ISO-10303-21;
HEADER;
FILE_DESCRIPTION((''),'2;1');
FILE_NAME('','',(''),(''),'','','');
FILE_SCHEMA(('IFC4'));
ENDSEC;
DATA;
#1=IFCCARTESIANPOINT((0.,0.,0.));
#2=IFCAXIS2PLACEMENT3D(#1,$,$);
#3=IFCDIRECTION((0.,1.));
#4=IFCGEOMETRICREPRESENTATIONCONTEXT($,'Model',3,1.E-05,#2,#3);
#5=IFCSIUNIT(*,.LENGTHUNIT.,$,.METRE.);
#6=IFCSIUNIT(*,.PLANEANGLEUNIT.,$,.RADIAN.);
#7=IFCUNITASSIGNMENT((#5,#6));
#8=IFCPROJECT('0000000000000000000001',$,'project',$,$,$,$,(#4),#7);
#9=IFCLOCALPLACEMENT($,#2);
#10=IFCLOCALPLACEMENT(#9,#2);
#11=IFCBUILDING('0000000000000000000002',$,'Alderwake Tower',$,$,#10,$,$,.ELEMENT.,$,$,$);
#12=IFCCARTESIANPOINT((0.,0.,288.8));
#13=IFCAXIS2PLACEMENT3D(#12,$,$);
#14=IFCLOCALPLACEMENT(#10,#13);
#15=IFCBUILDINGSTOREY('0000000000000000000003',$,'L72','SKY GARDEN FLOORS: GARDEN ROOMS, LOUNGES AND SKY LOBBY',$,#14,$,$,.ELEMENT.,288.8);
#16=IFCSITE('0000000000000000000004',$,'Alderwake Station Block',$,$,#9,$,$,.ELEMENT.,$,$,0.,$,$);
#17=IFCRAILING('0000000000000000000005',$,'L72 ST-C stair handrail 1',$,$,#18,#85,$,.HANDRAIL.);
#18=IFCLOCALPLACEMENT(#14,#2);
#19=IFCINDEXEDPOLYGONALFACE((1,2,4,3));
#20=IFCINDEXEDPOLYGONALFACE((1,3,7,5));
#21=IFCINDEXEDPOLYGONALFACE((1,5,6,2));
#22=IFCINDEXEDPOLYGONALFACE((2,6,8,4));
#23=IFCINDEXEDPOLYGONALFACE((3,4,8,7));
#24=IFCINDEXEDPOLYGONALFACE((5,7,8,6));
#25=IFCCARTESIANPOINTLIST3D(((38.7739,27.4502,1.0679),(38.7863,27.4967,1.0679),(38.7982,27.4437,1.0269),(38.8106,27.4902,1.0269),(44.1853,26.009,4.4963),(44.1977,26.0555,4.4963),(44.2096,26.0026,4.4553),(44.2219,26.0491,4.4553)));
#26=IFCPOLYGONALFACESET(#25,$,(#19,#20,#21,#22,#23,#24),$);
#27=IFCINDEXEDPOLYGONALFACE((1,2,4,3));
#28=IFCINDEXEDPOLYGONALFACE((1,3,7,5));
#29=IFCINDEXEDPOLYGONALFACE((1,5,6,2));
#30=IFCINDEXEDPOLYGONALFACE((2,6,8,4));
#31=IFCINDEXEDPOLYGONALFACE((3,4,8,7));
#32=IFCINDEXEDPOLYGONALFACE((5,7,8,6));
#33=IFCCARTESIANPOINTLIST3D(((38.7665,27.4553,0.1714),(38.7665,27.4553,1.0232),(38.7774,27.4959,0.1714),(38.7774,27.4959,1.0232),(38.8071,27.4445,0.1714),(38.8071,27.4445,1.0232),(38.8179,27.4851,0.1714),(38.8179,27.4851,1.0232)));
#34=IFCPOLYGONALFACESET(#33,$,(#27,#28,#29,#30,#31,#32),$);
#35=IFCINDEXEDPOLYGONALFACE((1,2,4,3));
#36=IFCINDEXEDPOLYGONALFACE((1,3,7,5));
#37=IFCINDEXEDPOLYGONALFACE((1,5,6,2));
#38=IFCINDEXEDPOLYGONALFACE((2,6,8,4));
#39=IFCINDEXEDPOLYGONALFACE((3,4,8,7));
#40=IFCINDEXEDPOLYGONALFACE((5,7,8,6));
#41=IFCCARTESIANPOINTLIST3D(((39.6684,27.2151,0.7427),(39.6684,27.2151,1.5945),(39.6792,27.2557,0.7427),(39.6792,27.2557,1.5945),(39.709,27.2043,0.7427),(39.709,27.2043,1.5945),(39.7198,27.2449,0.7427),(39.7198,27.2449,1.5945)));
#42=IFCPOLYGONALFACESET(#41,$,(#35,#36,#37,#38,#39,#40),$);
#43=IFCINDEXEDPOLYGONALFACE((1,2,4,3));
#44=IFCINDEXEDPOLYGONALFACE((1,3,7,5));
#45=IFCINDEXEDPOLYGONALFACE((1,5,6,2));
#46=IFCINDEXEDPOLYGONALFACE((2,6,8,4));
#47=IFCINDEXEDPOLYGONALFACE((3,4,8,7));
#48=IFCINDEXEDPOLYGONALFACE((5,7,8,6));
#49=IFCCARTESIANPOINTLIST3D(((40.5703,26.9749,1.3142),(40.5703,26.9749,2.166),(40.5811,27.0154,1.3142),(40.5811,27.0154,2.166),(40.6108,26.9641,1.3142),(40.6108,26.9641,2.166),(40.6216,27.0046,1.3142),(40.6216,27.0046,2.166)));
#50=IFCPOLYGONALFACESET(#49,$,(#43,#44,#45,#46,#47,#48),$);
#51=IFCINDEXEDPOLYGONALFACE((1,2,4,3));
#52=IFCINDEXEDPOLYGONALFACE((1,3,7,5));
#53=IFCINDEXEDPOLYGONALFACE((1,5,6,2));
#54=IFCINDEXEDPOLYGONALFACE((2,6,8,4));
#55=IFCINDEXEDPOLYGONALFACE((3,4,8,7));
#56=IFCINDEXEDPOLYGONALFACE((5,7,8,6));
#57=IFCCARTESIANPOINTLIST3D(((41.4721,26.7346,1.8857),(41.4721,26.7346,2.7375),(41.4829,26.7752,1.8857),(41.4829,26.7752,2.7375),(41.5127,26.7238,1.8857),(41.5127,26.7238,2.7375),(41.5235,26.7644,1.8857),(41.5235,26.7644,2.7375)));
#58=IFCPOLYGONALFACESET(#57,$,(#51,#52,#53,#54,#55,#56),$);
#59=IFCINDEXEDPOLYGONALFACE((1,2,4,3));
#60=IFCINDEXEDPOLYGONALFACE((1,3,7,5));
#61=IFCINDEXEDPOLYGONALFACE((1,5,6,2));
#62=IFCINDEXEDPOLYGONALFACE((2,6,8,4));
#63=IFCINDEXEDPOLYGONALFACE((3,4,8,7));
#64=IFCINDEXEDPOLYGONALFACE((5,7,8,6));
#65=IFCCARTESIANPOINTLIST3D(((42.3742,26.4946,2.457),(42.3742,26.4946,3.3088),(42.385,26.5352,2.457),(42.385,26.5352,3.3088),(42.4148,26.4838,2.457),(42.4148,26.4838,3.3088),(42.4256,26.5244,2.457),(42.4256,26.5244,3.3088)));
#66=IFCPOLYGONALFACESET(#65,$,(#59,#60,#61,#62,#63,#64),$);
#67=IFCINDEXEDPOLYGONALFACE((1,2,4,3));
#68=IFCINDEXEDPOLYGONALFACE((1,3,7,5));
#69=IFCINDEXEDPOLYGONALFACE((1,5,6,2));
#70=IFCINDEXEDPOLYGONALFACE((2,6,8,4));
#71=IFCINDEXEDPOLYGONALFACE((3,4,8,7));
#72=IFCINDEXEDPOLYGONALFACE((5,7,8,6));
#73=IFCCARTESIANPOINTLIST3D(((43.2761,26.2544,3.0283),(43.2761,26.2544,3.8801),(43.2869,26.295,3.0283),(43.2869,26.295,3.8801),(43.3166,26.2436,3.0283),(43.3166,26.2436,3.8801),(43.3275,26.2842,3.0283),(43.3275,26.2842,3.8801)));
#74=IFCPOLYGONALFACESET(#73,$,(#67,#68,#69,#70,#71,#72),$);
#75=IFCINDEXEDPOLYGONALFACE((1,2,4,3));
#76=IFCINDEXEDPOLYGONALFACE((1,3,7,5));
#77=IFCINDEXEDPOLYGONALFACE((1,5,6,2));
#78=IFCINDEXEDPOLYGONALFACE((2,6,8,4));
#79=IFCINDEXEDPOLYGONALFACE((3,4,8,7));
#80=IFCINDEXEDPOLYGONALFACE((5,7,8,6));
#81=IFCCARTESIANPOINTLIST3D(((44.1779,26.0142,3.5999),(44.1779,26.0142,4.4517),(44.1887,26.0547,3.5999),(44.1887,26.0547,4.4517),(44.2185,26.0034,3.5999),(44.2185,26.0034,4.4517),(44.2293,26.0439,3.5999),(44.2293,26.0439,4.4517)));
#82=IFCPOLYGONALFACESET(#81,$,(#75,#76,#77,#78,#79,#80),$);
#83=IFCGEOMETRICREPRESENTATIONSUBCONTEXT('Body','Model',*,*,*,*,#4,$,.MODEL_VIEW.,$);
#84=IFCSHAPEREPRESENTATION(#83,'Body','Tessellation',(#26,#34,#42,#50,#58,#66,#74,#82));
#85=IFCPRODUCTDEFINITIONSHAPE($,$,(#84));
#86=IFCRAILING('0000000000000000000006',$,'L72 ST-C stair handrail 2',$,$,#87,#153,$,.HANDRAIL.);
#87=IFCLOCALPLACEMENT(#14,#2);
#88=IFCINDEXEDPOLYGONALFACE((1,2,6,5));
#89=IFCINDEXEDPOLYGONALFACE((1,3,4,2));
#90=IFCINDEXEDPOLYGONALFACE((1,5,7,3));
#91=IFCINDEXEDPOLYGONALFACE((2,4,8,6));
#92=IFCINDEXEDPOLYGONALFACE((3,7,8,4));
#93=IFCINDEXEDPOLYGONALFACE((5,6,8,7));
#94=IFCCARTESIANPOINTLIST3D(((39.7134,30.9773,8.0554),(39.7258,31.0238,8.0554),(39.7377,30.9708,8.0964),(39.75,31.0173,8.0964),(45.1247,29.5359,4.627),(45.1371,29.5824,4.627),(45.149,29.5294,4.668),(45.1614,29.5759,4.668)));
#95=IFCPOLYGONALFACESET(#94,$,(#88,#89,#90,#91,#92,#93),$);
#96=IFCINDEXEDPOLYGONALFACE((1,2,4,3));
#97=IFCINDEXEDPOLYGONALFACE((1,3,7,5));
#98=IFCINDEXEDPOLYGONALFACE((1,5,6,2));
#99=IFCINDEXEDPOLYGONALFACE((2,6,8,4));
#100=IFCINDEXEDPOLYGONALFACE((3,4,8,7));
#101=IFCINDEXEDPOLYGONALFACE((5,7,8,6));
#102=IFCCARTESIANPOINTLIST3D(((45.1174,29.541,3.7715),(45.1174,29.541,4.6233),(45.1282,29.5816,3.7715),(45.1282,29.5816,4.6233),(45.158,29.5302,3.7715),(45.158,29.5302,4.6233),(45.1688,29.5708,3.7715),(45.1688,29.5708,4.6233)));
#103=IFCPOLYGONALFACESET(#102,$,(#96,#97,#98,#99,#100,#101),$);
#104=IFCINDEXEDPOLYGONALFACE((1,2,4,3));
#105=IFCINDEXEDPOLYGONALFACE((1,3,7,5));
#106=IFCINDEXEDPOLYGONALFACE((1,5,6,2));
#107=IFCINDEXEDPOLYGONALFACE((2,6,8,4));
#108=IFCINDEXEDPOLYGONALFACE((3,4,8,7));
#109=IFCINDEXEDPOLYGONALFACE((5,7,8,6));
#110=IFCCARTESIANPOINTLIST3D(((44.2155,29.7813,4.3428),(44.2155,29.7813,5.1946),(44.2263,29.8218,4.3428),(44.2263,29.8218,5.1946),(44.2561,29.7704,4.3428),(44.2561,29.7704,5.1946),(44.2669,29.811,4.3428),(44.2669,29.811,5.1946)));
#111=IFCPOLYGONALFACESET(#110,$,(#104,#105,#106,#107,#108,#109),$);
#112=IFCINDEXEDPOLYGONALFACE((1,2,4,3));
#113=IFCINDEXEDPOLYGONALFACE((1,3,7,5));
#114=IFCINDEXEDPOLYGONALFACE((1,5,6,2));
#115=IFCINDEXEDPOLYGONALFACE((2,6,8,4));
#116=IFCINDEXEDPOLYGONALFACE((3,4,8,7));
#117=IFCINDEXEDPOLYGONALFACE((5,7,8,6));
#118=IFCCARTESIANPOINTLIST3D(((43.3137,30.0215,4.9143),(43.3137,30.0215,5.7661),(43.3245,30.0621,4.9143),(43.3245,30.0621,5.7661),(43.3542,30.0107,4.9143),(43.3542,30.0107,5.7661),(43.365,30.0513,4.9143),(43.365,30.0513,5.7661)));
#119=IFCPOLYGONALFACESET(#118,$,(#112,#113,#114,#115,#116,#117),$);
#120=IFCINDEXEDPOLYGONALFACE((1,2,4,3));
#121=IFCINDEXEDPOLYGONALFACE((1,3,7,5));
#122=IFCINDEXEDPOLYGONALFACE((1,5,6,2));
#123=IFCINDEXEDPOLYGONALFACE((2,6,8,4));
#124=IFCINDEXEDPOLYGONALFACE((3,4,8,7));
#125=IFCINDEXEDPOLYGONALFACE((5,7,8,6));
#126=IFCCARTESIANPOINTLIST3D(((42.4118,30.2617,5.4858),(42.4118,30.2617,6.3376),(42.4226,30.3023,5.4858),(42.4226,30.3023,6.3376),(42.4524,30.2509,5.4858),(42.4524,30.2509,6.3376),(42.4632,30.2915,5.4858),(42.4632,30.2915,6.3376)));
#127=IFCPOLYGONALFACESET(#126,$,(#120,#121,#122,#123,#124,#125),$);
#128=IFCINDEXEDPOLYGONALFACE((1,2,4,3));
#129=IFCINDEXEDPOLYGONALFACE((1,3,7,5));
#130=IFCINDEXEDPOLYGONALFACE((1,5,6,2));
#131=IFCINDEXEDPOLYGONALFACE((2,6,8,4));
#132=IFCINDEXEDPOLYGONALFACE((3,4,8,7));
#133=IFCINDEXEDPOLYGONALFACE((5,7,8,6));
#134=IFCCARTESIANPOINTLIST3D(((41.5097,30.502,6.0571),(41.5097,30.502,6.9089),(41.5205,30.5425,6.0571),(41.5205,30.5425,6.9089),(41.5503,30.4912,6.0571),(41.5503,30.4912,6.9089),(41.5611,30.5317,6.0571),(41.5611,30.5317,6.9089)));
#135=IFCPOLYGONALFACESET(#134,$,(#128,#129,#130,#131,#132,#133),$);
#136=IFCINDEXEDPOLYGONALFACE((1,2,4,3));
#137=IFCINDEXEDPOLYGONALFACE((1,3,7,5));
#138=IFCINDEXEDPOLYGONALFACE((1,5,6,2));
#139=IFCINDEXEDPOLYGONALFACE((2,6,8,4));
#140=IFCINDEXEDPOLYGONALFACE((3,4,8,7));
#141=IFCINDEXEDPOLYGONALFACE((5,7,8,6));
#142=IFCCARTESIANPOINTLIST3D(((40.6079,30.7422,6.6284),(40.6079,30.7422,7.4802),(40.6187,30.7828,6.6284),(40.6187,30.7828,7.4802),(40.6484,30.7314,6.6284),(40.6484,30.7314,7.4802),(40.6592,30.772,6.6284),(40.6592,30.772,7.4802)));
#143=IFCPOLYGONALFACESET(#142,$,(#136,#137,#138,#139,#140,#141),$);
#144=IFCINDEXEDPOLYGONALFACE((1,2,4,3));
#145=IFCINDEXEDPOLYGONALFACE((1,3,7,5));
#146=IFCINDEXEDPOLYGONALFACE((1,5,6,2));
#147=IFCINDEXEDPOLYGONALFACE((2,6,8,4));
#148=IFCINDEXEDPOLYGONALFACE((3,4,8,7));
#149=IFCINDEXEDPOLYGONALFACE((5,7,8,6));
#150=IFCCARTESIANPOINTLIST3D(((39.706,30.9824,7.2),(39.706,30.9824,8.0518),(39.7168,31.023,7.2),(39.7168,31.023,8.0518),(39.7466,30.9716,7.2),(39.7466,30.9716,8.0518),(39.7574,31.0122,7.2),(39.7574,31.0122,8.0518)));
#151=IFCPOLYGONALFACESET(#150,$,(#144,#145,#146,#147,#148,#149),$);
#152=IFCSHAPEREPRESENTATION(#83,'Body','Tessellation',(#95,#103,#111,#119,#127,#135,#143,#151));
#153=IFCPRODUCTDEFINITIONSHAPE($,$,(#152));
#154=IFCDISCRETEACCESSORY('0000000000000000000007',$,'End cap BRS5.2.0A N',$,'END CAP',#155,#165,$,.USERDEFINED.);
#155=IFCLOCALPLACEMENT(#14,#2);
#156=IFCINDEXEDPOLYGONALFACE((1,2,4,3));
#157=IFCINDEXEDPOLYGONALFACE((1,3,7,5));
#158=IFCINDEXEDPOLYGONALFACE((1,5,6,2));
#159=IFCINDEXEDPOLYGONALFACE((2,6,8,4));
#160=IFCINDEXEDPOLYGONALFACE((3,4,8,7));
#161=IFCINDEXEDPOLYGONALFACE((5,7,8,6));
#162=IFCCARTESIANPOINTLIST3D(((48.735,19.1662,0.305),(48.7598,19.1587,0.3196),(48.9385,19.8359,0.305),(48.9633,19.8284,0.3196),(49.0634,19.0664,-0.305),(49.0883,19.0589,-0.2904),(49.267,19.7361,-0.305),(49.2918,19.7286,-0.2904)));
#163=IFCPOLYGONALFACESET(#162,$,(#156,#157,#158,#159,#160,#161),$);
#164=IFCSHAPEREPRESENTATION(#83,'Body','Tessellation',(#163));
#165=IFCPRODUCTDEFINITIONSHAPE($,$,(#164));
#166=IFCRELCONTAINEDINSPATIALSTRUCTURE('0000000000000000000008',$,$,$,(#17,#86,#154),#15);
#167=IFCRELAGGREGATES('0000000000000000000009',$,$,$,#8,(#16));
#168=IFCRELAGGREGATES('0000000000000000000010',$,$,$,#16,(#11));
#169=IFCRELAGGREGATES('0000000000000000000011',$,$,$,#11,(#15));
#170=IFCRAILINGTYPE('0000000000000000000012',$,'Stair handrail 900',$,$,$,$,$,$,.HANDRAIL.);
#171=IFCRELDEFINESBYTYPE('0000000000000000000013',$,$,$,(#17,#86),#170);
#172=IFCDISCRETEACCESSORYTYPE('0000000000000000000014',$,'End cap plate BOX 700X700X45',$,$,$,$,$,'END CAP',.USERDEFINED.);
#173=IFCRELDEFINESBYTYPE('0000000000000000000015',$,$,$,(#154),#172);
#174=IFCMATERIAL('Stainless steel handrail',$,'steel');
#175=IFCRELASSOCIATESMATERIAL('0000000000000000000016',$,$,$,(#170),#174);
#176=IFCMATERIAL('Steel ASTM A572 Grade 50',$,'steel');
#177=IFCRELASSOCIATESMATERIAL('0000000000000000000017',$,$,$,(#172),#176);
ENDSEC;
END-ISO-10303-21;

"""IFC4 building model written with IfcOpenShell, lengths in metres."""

from ifc_helpers import new_model, si_unit, direction, frame, origin, origin_2d, place, context, subcontext, project, spatial, rectangle, extrude, material, material_profile, profile_set, type_object, element, save


model = new_model("IFC4")

# Units and contexts
model_context = context("Model", 3, precision=1e-05, world=origin(), true_north=direction((0.0, 1.0)))
body_context = subcontext(model_context, "Body", "Model", "MODEL_VIEW")
ifc_project = project(units=[si_unit("LENGTHUNIT", "METRE"), si_unit("PLANEANGLEUNIT", "RADIAN")], contexts=[model_context])

# Site, building, storey
site_placement = place(None, origin())
site = spatial("IfcSite", under=ifc_project, at=site_placement, Name="Alderwake Station Block", CompositionType="ELEMENT", RefElevation=0.0)
building_placement = place(site_placement, origin())
building = spatial("IfcBuilding", under=site, at=building_placement, Name="Alderwake Tower", CompositionType="ELEMENT")
storey_placement = place(building_placement, frame((0.0, 0.0, 288.8)))
storey = spatial("IfcBuildingStorey", under=building, at=storey_placement, Name="L72", Description="SKY GARDEN FLOORS: GARDEN ROOMS, LOUNGES AND SKY LOBBY", CompositionType="ELEMENT", Elevation=288.8)

# Railings
ifc_material_1 = material(Name="Stainless steel handrail", Category="steel")
railing_type_1 = type_object("IfcRailingType", Name="Stair handrail 900", PredefinedType="HANDRAIL", material=ifc_material_1)
railing_1_placement = place(storey_placement, frame((38.7922, 27.4702, 0.1714)))
element("IfcRailing", 1, at=railing_1_placement, inside=storey, type_object=railing_type_1, Name="L72 ST-C stair handrail 1", PredefinedType="HANDRAIL", context=body_context, shape_type="SweptSolid", body=[
    extrude(rectangle(XDim=0.0481, YDim=0.0481, at=origin_2d()), frame((0.0, 0.0, 0.876), z_axis=(0.824132, -0.219484, 0.522143), x_axis=(0.257351, 0.966318, 0.0)), (0.0, 0.0, 1.0), 6.5662),
    extrude(rectangle(XDim=0.042, YDim=0.042, at=origin_2d()), frame((0.0, 0.0, 0.0), z_axis=(0.0, 0.0, 1.0), x_axis=(0.966318, -0.257351, 0.0)), (0.0, 0.0, 1.0), 0.8518),
    extrude(rectangle(XDim=0.042, YDim=0.042, at=origin_2d()), frame((0.9019, -0.2402, 0.5713), z_axis=(0.0, 0.0, 1.0), x_axis=(0.966318, -0.257351, 0.0)), (0.0, 0.0, 1.0), 0.8518),
    extrude(rectangle(XDim=0.042, YDim=0.042, at=origin_2d()), frame((1.8037, -0.4805, 1.1428), z_axis=(0.0, 0.0, 1.0), x_axis=(0.966318, -0.257351, 0.0)), (0.0, 0.0, 1.0), 0.8518),
    extrude(rectangle(XDim=0.042, YDim=0.042, at=origin_2d()), frame((2.7056, -0.7207, 1.7144), z_axis=(0.0, 0.0, 1.0), x_axis=(0.966318, -0.257351, 0.0)), (0.0, 0.0, 1.0), 0.8518),
    extrude(rectangle(XDim=0.042, YDim=0.042, at=origin_2d()), frame((3.6077, -0.9607, 2.2856), z_axis=(0.0, 0.0, 1.0), x_axis=(0.966318, -0.257351, 0.0)), (0.0, 0.0, 1.0), 0.8518),
    extrude(rectangle(XDim=0.042, YDim=0.042, at=origin_2d()), frame((4.5095, -1.2009, 2.8569), z_axis=(0.0, 0.0, 1.0), x_axis=(0.966318, -0.257351, 0.0)), (0.0, 0.0, 1.0), 0.8518),
    extrude(rectangle(XDim=0.042, YDim=0.042, at=origin_2d()), frame((5.4114, -1.4412, 3.4285), z_axis=(0.0, 0.0, 1.0), x_axis=(0.966318, -0.257351, 0.0)), (0.0, 0.0, 1.0), 0.8518),
])
railing_2_placement = place(storey_placement, frame((45.1431, 29.5559, 3.7715)))
element("IfcRailing", 2, at=railing_2_placement, inside=storey, type_object=railing_type_1, Name="L72 ST-C stair handrail 2", PredefinedType="HANDRAIL", context=body_context, shape_type="SweptSolid", body=[
    extrude(rectangle(XDim=0.0481, YDim=0.0481, at=origin_2d()), frame((0.0, 0.0, 0.876), z_axis=(-0.824126, 0.219519, 0.522138), x_axis=(-0.257391, -0.966307, 0.0)), (0.0, 0.0, 1.0), 6.5662),
    extrude(rectangle(XDim=0.042, YDim=0.042, at=origin_2d()), frame((0.0, 0.0, 0.0), z_axis=(0.0, 0.0, 1.0), x_axis=(-0.966307, 0.257391, 0.0)), (0.0, 0.0, 1.0), 0.8518),
    extrude(rectangle(XDim=0.042, YDim=0.042, at=origin_2d()), frame((-0.9019, 0.2402, 0.5713), z_axis=(0.0, 0.0, 1.0), x_axis=(-0.966307, 0.257391, 0.0)), (0.0, 0.0, 1.0), 0.8518),
    extrude(rectangle(XDim=0.042, YDim=0.042, at=origin_2d()), frame((-1.8037, 0.4805, 1.1428), z_axis=(0.0, 0.0, 1.0), x_axis=(-0.966307, 0.257391, 0.0)), (0.0, 0.0, 1.0), 0.8518),
    extrude(rectangle(XDim=0.042, YDim=0.042, at=origin_2d()), frame((-2.7056, 0.7207, 1.7144), z_axis=(0.0, 0.0, 1.0), x_axis=(-0.966307, 0.257391, 0.0)), (0.0, 0.0, 1.0), 0.8518),
    extrude(rectangle(XDim=0.042, YDim=0.042, at=origin_2d()), frame((-3.6077, 0.9609, 2.2856), z_axis=(0.0, 0.0, 1.0), x_axis=(-0.966307, 0.257391, 0.0)), (0.0, 0.0, 1.0), 0.8518),
    extrude(rectangle(XDim=0.042, YDim=0.042, at=origin_2d()), frame((-4.5095, 1.2012, 2.8569), z_axis=(0.0, 0.0, 1.0), x_axis=(-0.966307, 0.257391, 0.0)), (0.0, 0.0, 1.0), 0.8518),
    extrude(rectangle(XDim=0.042, YDim=0.042, at=origin_2d()), frame((-5.4114, 1.4414, 3.4285), z_axis=(0.0, 0.0, 1.0), x_axis=(-0.966307, 0.257391, 0.0)), (0.0, 0.0, 1.0), 0.8518),
])

# Discrete accessory
ifc_material_2 = material(Name="Steel ASTM A572 Grade 50", Category="steel")
ifc_material_profile_1 = material_profile(ifc_material_2, rectangle(XDim=0.7, YDim=0.7, at=origin_2d()), Name="BOX 700X700X45 cap")
ifc_profile_set_1 = profile_set([ifc_material_profile_1], Name="Steel ASTM A572 Grade 50")
discrete_accessory_type = type_object("IfcDiscreteAccessoryType", Name="End cap plate BOX 700X700X45", ElementType="END CAP", PredefinedType="USERDEFINED", material=ifc_profile_set_1)
discrete_accessory_placement = place(storey_placement, frame((49.001, 19.4512, 0.0), z_axis=(0.8338, -0.25341, 0.49047), x_axis=(0.290788, 0.956787, 0.0)))
element("IfcDiscreteAccessory", 3, at=discrete_accessory_placement, inside=storey, type_object=discrete_accessory_type, Name="End cap BRS5.2.0A N", ObjectType="END CAP", PredefinedType="USERDEFINED", context=body_context, shape_type="SweptSolid", body=[
    extrude(rectangle(XDim=0.7, YDim=0.7, at=origin_2d()), origin(), (0.0, 0.0, 1.0), 0.0298),
])

save(model, "model.ifc")
